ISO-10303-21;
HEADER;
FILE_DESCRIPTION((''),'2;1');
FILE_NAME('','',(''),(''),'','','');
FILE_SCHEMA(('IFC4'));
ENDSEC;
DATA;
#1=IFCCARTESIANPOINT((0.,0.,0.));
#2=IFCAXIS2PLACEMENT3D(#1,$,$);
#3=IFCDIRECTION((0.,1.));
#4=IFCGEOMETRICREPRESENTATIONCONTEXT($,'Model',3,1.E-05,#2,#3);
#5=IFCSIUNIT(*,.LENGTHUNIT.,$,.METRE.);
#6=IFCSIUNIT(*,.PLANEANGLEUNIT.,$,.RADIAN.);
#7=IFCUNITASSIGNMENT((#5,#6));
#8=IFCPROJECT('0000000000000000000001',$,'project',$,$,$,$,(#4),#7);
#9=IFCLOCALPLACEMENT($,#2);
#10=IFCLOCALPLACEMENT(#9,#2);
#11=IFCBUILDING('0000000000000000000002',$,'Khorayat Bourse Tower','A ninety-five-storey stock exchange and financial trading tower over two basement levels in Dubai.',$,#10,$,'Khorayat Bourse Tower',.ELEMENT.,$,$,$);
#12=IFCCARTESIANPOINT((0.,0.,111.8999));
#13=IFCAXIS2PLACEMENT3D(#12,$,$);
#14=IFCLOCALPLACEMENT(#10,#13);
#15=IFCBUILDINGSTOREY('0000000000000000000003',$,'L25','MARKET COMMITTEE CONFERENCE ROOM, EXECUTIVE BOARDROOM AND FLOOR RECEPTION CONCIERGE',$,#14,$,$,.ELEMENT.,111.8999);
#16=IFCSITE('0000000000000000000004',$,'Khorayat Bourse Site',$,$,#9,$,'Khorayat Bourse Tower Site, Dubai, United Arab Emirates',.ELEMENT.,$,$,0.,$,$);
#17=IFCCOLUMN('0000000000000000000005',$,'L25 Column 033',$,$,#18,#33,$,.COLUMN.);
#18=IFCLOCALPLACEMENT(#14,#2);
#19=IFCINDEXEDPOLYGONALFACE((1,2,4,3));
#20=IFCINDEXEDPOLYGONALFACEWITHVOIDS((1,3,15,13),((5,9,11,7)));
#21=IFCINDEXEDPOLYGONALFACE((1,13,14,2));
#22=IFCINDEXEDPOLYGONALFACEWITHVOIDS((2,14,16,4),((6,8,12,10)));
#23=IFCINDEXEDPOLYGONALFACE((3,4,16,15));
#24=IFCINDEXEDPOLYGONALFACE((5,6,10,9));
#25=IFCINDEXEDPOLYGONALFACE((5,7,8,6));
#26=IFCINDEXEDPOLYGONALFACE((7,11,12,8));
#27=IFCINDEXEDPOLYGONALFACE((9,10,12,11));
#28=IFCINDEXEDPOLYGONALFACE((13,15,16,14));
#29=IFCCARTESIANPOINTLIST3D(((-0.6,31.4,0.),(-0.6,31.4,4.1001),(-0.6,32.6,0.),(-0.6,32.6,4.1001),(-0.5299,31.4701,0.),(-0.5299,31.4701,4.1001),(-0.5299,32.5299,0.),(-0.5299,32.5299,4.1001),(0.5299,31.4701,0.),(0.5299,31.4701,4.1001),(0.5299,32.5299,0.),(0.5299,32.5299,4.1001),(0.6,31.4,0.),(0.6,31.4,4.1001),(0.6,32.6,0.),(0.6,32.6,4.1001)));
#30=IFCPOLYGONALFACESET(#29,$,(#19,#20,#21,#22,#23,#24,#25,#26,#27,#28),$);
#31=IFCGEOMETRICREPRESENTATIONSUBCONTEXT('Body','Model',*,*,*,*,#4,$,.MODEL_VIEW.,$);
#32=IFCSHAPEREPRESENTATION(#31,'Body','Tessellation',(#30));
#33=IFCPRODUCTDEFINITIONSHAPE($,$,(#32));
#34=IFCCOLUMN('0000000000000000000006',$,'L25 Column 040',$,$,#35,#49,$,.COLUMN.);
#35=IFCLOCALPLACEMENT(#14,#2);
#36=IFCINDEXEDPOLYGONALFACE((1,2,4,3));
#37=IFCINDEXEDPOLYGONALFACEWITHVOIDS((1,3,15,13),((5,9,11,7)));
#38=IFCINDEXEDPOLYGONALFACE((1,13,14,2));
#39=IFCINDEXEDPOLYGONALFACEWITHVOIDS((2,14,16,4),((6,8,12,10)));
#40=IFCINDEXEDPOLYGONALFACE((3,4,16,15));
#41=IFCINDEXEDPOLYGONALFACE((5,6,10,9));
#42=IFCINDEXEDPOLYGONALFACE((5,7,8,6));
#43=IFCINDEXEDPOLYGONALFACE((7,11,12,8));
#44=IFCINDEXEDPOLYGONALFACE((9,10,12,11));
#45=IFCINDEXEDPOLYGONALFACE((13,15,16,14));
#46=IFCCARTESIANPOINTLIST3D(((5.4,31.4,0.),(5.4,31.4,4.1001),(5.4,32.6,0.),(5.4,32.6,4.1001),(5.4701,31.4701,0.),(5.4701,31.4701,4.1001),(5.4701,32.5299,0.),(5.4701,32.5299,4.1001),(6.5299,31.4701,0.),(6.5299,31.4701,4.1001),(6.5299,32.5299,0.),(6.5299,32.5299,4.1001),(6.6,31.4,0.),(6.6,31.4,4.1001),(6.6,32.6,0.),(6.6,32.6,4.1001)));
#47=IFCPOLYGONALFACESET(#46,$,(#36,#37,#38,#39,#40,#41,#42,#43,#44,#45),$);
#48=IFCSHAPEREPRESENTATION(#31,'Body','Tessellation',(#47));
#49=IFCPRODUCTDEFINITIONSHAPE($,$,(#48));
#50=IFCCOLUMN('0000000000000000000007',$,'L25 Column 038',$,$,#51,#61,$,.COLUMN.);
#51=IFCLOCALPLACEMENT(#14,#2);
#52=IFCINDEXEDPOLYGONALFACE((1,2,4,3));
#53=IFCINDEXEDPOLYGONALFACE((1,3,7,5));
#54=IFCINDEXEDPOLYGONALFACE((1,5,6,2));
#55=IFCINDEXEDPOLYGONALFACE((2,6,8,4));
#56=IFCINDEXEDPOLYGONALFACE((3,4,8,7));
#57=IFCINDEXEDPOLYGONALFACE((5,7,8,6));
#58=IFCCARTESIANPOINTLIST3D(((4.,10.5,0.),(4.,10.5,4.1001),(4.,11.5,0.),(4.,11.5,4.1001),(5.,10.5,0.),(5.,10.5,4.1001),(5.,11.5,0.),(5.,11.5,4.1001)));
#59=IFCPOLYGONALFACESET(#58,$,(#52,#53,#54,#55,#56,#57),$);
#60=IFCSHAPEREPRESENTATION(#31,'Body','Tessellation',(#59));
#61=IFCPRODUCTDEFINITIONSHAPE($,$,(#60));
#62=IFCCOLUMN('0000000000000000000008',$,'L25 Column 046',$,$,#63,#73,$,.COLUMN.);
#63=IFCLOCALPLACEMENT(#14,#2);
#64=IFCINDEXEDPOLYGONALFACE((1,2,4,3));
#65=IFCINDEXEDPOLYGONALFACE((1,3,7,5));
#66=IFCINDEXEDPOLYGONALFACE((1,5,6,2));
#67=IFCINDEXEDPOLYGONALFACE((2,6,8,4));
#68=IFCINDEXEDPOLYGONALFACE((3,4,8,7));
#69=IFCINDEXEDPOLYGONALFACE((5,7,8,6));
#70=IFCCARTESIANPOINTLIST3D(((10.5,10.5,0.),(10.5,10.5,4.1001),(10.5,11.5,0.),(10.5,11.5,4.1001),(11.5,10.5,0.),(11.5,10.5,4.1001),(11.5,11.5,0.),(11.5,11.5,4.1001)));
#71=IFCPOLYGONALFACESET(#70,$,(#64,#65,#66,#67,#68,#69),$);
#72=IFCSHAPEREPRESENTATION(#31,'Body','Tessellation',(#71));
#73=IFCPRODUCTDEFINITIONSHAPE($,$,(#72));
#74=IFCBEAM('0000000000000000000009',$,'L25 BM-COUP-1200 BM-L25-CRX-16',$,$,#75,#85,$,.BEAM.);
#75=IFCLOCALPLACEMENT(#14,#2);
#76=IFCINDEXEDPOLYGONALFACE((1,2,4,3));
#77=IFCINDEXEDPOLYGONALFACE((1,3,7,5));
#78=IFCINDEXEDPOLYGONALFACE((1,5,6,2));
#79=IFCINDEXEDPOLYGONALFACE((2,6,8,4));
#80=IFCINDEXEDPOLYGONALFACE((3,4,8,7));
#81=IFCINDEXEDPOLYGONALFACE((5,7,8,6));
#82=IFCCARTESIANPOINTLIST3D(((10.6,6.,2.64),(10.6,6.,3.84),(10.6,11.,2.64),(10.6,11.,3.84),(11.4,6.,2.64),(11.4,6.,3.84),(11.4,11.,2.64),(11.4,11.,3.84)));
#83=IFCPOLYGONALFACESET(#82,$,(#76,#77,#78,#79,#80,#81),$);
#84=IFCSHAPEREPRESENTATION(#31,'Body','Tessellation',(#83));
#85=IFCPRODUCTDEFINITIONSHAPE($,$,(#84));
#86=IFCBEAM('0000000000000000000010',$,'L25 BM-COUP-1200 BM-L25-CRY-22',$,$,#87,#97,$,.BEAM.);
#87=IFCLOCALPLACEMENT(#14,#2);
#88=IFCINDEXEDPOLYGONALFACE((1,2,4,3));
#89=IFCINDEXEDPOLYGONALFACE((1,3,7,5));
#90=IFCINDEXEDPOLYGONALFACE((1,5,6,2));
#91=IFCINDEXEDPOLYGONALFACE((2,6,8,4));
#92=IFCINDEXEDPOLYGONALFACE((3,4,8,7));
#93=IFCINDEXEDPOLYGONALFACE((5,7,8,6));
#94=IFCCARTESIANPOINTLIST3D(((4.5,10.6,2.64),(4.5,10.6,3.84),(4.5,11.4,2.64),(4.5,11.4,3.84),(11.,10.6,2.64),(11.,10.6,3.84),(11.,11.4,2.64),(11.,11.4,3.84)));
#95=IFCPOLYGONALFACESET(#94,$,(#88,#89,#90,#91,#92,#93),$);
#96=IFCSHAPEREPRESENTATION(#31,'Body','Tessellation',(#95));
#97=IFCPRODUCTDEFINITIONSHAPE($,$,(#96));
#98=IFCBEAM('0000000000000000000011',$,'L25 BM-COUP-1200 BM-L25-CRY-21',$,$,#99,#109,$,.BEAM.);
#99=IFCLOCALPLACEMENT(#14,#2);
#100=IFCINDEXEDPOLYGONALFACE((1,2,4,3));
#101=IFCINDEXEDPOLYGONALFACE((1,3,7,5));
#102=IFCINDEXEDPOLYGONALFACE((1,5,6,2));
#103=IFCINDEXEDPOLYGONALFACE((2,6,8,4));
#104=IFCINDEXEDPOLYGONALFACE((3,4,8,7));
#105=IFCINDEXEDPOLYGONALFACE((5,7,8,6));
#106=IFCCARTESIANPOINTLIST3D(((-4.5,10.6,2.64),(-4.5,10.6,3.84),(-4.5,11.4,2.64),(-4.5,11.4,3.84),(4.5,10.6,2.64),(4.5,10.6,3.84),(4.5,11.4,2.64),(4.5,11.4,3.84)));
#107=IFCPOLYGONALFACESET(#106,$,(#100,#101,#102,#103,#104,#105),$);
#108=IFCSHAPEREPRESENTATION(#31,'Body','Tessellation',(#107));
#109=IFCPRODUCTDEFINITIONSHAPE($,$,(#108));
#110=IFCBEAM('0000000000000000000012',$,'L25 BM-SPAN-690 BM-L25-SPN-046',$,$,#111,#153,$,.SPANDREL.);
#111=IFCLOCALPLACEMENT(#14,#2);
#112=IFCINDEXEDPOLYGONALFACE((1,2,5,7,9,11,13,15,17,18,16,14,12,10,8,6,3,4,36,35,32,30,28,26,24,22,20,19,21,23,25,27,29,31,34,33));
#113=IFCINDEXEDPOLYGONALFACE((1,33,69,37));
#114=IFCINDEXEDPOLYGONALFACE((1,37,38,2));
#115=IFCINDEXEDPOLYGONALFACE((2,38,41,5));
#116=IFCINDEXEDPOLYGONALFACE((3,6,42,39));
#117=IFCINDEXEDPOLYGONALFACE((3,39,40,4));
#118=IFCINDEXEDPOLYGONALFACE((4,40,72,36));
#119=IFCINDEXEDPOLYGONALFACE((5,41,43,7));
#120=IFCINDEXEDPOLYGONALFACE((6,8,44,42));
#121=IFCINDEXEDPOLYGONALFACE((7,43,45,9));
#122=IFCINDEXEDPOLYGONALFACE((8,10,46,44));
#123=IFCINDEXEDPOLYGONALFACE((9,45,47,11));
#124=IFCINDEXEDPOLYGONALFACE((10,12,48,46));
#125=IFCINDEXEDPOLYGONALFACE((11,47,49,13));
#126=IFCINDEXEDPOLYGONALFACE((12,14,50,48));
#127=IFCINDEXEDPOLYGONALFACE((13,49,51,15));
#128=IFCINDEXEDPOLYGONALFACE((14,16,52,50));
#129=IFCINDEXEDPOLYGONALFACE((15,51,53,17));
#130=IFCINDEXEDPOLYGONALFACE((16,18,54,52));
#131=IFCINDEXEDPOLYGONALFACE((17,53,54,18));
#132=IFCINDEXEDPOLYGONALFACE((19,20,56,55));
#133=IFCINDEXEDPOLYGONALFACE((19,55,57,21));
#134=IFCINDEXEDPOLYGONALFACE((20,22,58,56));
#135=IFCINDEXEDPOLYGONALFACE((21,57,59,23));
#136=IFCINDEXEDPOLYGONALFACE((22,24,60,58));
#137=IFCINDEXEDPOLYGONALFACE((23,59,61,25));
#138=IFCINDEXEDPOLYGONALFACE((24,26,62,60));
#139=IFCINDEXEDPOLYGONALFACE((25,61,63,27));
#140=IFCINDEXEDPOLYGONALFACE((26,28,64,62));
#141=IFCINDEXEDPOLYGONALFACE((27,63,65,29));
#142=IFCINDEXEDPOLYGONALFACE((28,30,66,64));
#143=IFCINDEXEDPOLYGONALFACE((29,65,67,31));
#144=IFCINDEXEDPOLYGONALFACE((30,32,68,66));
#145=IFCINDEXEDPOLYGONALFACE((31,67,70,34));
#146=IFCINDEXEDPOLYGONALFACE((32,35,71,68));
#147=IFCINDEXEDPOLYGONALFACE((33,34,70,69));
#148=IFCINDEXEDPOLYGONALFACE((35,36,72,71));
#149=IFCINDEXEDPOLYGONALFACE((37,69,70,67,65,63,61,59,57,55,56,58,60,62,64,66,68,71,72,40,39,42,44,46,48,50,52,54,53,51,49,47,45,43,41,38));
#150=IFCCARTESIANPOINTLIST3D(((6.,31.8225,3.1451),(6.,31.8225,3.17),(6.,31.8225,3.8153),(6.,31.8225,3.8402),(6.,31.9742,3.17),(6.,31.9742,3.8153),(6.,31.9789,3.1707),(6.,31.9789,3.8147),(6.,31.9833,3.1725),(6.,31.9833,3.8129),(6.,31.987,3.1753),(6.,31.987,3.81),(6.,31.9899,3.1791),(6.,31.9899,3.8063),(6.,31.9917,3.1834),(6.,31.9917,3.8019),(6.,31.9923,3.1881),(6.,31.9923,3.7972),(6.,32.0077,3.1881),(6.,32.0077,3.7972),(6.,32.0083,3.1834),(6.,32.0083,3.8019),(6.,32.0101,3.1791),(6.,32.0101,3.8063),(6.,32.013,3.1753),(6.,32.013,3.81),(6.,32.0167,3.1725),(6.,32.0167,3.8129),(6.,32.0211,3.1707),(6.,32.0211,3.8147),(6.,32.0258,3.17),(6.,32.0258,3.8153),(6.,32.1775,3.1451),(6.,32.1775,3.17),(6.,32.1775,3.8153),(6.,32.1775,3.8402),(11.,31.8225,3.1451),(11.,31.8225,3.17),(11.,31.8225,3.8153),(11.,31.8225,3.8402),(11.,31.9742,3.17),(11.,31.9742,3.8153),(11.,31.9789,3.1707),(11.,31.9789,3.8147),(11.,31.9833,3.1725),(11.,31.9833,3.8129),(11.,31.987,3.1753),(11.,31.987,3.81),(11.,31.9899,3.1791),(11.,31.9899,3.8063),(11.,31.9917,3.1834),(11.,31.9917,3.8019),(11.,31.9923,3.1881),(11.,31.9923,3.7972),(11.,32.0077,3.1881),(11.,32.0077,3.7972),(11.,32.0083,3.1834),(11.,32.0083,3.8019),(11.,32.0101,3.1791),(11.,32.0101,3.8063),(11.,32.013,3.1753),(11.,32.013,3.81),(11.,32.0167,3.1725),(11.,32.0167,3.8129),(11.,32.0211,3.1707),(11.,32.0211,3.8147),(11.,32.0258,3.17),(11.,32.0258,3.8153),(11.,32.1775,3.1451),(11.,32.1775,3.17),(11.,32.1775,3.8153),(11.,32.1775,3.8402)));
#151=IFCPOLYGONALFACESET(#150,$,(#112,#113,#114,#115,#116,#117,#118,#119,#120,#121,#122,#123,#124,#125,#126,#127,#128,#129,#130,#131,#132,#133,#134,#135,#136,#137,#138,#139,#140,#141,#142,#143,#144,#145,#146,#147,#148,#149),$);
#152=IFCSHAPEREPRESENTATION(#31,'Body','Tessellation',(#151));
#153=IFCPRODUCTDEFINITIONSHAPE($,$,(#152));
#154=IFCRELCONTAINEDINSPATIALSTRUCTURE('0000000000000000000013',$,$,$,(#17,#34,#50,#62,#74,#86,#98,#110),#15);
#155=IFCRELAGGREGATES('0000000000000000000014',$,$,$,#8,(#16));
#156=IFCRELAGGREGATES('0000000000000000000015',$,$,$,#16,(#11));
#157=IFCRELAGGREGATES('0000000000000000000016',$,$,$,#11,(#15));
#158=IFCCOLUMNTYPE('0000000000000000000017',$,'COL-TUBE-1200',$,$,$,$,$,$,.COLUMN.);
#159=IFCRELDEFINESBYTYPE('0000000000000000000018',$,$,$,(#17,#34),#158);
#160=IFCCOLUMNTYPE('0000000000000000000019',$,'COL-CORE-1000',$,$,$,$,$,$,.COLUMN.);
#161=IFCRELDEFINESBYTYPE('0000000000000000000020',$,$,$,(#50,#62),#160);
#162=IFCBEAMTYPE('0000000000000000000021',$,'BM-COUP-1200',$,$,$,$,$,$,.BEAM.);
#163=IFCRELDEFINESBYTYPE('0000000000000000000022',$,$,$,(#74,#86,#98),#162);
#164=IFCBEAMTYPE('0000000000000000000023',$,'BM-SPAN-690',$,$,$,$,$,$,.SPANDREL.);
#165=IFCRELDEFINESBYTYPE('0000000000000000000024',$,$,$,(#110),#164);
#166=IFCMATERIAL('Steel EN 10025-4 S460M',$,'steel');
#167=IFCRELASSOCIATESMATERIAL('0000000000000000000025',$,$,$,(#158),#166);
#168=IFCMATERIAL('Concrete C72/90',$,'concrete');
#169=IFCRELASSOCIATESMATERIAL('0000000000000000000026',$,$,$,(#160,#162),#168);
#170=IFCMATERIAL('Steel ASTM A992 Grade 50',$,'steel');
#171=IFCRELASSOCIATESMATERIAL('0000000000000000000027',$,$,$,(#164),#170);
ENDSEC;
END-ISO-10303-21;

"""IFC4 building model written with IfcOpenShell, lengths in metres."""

from ifc_helpers import new_model, si_unit, direction, frame, origin, origin_2d, place, context, subcontext, project, spatial, rectangle, hollow_rectangle, i_section, extrude, source, transform, mapped, material, material_profile, profile_set, type_object, element, save


model = new_model("IFC4")

# Units and contexts
model_context = context("Model", 3, precision=1e-05, world=origin(), true_north=direction((0.0, 1.0)))
body_context = subcontext(model_context, "Body", "Model", "MODEL_VIEW")
ifc_project = project(units=[si_unit("LENGTHUNIT", "METRE"), si_unit("PLANEANGLEUNIT", "RADIAN")], contexts=[model_context])

# Site, building, storey
site_placement = place(None, origin())
site = spatial("IfcSite", under=ifc_project, at=site_placement, Name="Khorayat Bourse Site", LongName="Khorayat Bourse Tower Site, Dubai, United Arab Emirates", CompositionType="ELEMENT", RefElevation=0.0)
building_placement = place(site_placement, origin())
building = spatial("IfcBuilding", under=site, at=building_placement, Name="Khorayat Bourse Tower", Description="A ninety-five-storey stock exchange and financial trading tower over two basement levels in Dubai.", LongName="Khorayat Bourse Tower", CompositionType="ELEMENT")
storey_placement = place(building_placement, frame((0.0, 0.0, 111.8999)))
storey = spatial("IfcBuildingStorey", under=building, at=storey_placement, Name="L25", Description="MARKET COMMITTEE CONFERENCE ROOM, EXECUTIVE BOARDROOM AND FLOOR RECEPTION CONCIERGE", CompositionType="ELEMENT", Elevation=111.8999)

# Columns
ifc_material_1 = material(Name="Steel EN 10025-4 S460M", Category="steel")
ifc_material_profile_1 = material_profile(ifc_material_1, hollow_rectangle(XDim=1.2, YDim=1.2, WallThickness=0.0701, at=origin_2d()), Name="BOX 1200x1200x70")
ifc_profile_set_1 = profile_set([ifc_material_profile_1], Name="Steel EN 10025-4 S460M")
column_type_1 = type_object("IfcColumnType", Name="COL-TUBE-1200", PredefinedType="COLUMN", material=ifc_profile_set_1)
shared_shape_1 = source(origin(), body_context, "Body", "SweptSolid", [
    extrude(hollow_rectangle(XDim=1.2, YDim=1.2, WallThickness=0.0701, at=origin_2d()), origin(), (0.0, 0.0, 1.0), 4.1001),
])
for number, where, z_axis, x_axis, name in (
    (1, (0.0, 32.0, 0.0), (0.0, 0.0, 1.0), (1.0, 0.0, 0.0), "L25 Column 033"),
    (2, (6.0, 32.0, 0.0), (0.0, 0.0, 1.0), (1.0, 0.0, 0.0), "L25 Column 040"),
):
    element("IfcColumn", number, at=place(storey_placement, frame(where, z_axis=z_axis, x_axis=x_axis)), inside=storey, type_object=column_type_1, Name=name, PredefinedType="COLUMN", context=body_context, shape_type="MappedRepresentation", body=[
        mapped(shared_shape_1, transform((0.0, 0.0, 0.0), scale=1.0)),
    ])
ifc_material_2 = material(Name="Concrete C72/90", Category="concrete")
ifc_material_profile_2 = material_profile(ifc_material_2, rectangle(XDim=1.0, YDim=1.0, at=origin_2d()), Name="RC 1000x1000")
ifc_profile_set_2 = profile_set([ifc_material_profile_2], Name="Concrete C72/90")
column_type_2 = type_object("IfcColumnType", Name="COL-CORE-1000", PredefinedType="COLUMN", material=ifc_profile_set_2)
shared_shape_2 = source(origin(), body_context, "Body", "SweptSolid", [
    extrude(rectangle(XDim=1.0, YDim=1.0, at=origin_2d()), origin(), (0.0, 0.0, 1.0), 4.1001),
])
for number, where, z_axis, x_axis, name in (
    (3, (4.5, 11.0, 0.0), (0.0, 0.0, 1.0), (1.0, 0.0, 0.0), "L25 Column 038"),
    (4, (11.0, 11.0, 0.0), (0.0, 0.0, 1.0), (1.0, 0.0, 0.0), "L25 Column 046"),
):
    element("IfcColumn", number, at=place(storey_placement, frame(where, z_axis=z_axis, x_axis=x_axis)), inside=storey, type_object=column_type_2, Name=name, PredefinedType="COLUMN", context=body_context, shape_type="MappedRepresentation", body=[
        mapped(shared_shape_2, transform((0.0, 0.0, 0.0), scale=1.0)),
    ])

# Beams
ifc_material_profile_3 = material_profile(ifc_material_2, rectangle(XDim=0.8, YDim=1.2, at=origin_2d()), Name="RC 800x1200")
ifc_profile_set_3 = profile_set([ifc_material_profile_3], Name="Concrete C72/90")
beam_type_1 = type_object("IfcBeamType", Name="BM-COUP-1200", PredefinedType="BEAM", material=ifc_profile_set_3)
shared_shape_3 = source(origin(), body_context, "Body", "SweptSolid", [
    extrude(rectangle(XDim=0.8, YDim=1.2, at=origin_2d()), origin(), (0.0, 0.0, 1.0), 5.0),
])
beam_1_placement = place(storey_placement, frame((11.0, 6.0, 3.24), z_axis=(0.0, 1.0, 0.0), x_axis=(-1.0, 0.0, 0.0)))
element("IfcBeam", 5, at=beam_1_placement, inside=storey, type_object=beam_type_1, Name="L25 BM-COUP-1200 BM-L25-CRX-16", PredefinedType="BEAM", context=body_context, shape_type="MappedRepresentation", body=[
    mapped(shared_shape_3, transform((0.0, 0.0, 0.0), scale=1.0)),
])
shared_shape_4 = source(origin(), body_context, "Body", "SweptSolid", [
    extrude(rectangle(XDim=0.8, YDim=1.2, at=origin_2d()), origin(), (0.0, 0.0, 1.0), 6.5),
])
beam_2_placement = place(storey_placement, frame((4.5, 11.0, 3.24), z_axis=(1.0, 0.0, 0.0), x_axis=(0.0, 1.0, 0.0)))
element("IfcBeam", 6, at=beam_2_placement, inside=storey, type_object=beam_type_1, Name="L25 BM-COUP-1200 BM-L25-CRY-22", PredefinedType="BEAM", context=body_context, shape_type="MappedRepresentation", body=[
    mapped(shared_shape_4, transform((0.0, 0.0, 0.0), scale=1.0)),
])
shared_shape_5 = source(origin(), body_context, "Body", "SweptSolid", [
    extrude(rectangle(XDim=0.8, YDim=1.2, at=origin_2d()), origin(), (0.0, 0.0, 1.0), 9.0),
])
beam_3_placement = place(storey_placement, frame((-4.5, 11.0, 3.24), z_axis=(1.0, 0.0, 0.0), x_axis=(0.0, 1.0, 0.0)))
element("IfcBeam", 7, at=beam_3_placement, inside=storey, type_object=beam_type_1, Name="L25 BM-COUP-1200 BM-L25-CRY-21", PredefinedType="BEAM", context=body_context, shape_type="MappedRepresentation", body=[
    mapped(shared_shape_5, transform((0.0, 0.0, 0.0), scale=1.0)),
])
ifc_material_3 = material(Name="Steel ASTM A992 Grade 50", Category="steel")
ifc_material_profile_4 = material_profile(ifc_material_3, i_section(OverallWidth=0.355, OverallDepth=0.6951, WebThickness=0.0154, FlangeThickness=0.0249, FilletRadius=0.0181, at=origin_2d()), Name="W690X217")
ifc_profile_set_4 = profile_set([ifc_material_profile_4], Name="Steel ASTM A992 Grade 50")
beam_type_2 = type_object("IfcBeamType", Name="BM-SPAN-690", PredefinedType="SPANDREL", material=ifc_profile_set_4)
shared_shape_6 = source(origin(), body_context, "Body", "SweptSolid", [
    extrude(i_section(OverallWidth=0.355, OverallDepth=0.6951, WebThickness=0.0154, FlangeThickness=0.0249, FilletRadius=0.0181, at=origin_2d()), origin(), (0.0, 0.0, 1.0), 5.0),
])
beam_4_placement = place(storey_placement, frame((6.0, 32.0, 3.4927), z_axis=(1.0, 0.0, 0.0), x_axis=(0.0, 1.0, 0.0)))
element("IfcBeam", 8, at=beam_4_placement, inside=storey, type_object=beam_type_2, Name="L25 BM-SPAN-690 BM-L25-SPN-046", PredefinedType="SPANDREL", context=body_context, shape_type="MappedRepresentation", body=[
    mapped(shared_shape_6, transform((0.0, 0.0, 0.0), scale=1.0)),
])

save(model, "model.ifc")
